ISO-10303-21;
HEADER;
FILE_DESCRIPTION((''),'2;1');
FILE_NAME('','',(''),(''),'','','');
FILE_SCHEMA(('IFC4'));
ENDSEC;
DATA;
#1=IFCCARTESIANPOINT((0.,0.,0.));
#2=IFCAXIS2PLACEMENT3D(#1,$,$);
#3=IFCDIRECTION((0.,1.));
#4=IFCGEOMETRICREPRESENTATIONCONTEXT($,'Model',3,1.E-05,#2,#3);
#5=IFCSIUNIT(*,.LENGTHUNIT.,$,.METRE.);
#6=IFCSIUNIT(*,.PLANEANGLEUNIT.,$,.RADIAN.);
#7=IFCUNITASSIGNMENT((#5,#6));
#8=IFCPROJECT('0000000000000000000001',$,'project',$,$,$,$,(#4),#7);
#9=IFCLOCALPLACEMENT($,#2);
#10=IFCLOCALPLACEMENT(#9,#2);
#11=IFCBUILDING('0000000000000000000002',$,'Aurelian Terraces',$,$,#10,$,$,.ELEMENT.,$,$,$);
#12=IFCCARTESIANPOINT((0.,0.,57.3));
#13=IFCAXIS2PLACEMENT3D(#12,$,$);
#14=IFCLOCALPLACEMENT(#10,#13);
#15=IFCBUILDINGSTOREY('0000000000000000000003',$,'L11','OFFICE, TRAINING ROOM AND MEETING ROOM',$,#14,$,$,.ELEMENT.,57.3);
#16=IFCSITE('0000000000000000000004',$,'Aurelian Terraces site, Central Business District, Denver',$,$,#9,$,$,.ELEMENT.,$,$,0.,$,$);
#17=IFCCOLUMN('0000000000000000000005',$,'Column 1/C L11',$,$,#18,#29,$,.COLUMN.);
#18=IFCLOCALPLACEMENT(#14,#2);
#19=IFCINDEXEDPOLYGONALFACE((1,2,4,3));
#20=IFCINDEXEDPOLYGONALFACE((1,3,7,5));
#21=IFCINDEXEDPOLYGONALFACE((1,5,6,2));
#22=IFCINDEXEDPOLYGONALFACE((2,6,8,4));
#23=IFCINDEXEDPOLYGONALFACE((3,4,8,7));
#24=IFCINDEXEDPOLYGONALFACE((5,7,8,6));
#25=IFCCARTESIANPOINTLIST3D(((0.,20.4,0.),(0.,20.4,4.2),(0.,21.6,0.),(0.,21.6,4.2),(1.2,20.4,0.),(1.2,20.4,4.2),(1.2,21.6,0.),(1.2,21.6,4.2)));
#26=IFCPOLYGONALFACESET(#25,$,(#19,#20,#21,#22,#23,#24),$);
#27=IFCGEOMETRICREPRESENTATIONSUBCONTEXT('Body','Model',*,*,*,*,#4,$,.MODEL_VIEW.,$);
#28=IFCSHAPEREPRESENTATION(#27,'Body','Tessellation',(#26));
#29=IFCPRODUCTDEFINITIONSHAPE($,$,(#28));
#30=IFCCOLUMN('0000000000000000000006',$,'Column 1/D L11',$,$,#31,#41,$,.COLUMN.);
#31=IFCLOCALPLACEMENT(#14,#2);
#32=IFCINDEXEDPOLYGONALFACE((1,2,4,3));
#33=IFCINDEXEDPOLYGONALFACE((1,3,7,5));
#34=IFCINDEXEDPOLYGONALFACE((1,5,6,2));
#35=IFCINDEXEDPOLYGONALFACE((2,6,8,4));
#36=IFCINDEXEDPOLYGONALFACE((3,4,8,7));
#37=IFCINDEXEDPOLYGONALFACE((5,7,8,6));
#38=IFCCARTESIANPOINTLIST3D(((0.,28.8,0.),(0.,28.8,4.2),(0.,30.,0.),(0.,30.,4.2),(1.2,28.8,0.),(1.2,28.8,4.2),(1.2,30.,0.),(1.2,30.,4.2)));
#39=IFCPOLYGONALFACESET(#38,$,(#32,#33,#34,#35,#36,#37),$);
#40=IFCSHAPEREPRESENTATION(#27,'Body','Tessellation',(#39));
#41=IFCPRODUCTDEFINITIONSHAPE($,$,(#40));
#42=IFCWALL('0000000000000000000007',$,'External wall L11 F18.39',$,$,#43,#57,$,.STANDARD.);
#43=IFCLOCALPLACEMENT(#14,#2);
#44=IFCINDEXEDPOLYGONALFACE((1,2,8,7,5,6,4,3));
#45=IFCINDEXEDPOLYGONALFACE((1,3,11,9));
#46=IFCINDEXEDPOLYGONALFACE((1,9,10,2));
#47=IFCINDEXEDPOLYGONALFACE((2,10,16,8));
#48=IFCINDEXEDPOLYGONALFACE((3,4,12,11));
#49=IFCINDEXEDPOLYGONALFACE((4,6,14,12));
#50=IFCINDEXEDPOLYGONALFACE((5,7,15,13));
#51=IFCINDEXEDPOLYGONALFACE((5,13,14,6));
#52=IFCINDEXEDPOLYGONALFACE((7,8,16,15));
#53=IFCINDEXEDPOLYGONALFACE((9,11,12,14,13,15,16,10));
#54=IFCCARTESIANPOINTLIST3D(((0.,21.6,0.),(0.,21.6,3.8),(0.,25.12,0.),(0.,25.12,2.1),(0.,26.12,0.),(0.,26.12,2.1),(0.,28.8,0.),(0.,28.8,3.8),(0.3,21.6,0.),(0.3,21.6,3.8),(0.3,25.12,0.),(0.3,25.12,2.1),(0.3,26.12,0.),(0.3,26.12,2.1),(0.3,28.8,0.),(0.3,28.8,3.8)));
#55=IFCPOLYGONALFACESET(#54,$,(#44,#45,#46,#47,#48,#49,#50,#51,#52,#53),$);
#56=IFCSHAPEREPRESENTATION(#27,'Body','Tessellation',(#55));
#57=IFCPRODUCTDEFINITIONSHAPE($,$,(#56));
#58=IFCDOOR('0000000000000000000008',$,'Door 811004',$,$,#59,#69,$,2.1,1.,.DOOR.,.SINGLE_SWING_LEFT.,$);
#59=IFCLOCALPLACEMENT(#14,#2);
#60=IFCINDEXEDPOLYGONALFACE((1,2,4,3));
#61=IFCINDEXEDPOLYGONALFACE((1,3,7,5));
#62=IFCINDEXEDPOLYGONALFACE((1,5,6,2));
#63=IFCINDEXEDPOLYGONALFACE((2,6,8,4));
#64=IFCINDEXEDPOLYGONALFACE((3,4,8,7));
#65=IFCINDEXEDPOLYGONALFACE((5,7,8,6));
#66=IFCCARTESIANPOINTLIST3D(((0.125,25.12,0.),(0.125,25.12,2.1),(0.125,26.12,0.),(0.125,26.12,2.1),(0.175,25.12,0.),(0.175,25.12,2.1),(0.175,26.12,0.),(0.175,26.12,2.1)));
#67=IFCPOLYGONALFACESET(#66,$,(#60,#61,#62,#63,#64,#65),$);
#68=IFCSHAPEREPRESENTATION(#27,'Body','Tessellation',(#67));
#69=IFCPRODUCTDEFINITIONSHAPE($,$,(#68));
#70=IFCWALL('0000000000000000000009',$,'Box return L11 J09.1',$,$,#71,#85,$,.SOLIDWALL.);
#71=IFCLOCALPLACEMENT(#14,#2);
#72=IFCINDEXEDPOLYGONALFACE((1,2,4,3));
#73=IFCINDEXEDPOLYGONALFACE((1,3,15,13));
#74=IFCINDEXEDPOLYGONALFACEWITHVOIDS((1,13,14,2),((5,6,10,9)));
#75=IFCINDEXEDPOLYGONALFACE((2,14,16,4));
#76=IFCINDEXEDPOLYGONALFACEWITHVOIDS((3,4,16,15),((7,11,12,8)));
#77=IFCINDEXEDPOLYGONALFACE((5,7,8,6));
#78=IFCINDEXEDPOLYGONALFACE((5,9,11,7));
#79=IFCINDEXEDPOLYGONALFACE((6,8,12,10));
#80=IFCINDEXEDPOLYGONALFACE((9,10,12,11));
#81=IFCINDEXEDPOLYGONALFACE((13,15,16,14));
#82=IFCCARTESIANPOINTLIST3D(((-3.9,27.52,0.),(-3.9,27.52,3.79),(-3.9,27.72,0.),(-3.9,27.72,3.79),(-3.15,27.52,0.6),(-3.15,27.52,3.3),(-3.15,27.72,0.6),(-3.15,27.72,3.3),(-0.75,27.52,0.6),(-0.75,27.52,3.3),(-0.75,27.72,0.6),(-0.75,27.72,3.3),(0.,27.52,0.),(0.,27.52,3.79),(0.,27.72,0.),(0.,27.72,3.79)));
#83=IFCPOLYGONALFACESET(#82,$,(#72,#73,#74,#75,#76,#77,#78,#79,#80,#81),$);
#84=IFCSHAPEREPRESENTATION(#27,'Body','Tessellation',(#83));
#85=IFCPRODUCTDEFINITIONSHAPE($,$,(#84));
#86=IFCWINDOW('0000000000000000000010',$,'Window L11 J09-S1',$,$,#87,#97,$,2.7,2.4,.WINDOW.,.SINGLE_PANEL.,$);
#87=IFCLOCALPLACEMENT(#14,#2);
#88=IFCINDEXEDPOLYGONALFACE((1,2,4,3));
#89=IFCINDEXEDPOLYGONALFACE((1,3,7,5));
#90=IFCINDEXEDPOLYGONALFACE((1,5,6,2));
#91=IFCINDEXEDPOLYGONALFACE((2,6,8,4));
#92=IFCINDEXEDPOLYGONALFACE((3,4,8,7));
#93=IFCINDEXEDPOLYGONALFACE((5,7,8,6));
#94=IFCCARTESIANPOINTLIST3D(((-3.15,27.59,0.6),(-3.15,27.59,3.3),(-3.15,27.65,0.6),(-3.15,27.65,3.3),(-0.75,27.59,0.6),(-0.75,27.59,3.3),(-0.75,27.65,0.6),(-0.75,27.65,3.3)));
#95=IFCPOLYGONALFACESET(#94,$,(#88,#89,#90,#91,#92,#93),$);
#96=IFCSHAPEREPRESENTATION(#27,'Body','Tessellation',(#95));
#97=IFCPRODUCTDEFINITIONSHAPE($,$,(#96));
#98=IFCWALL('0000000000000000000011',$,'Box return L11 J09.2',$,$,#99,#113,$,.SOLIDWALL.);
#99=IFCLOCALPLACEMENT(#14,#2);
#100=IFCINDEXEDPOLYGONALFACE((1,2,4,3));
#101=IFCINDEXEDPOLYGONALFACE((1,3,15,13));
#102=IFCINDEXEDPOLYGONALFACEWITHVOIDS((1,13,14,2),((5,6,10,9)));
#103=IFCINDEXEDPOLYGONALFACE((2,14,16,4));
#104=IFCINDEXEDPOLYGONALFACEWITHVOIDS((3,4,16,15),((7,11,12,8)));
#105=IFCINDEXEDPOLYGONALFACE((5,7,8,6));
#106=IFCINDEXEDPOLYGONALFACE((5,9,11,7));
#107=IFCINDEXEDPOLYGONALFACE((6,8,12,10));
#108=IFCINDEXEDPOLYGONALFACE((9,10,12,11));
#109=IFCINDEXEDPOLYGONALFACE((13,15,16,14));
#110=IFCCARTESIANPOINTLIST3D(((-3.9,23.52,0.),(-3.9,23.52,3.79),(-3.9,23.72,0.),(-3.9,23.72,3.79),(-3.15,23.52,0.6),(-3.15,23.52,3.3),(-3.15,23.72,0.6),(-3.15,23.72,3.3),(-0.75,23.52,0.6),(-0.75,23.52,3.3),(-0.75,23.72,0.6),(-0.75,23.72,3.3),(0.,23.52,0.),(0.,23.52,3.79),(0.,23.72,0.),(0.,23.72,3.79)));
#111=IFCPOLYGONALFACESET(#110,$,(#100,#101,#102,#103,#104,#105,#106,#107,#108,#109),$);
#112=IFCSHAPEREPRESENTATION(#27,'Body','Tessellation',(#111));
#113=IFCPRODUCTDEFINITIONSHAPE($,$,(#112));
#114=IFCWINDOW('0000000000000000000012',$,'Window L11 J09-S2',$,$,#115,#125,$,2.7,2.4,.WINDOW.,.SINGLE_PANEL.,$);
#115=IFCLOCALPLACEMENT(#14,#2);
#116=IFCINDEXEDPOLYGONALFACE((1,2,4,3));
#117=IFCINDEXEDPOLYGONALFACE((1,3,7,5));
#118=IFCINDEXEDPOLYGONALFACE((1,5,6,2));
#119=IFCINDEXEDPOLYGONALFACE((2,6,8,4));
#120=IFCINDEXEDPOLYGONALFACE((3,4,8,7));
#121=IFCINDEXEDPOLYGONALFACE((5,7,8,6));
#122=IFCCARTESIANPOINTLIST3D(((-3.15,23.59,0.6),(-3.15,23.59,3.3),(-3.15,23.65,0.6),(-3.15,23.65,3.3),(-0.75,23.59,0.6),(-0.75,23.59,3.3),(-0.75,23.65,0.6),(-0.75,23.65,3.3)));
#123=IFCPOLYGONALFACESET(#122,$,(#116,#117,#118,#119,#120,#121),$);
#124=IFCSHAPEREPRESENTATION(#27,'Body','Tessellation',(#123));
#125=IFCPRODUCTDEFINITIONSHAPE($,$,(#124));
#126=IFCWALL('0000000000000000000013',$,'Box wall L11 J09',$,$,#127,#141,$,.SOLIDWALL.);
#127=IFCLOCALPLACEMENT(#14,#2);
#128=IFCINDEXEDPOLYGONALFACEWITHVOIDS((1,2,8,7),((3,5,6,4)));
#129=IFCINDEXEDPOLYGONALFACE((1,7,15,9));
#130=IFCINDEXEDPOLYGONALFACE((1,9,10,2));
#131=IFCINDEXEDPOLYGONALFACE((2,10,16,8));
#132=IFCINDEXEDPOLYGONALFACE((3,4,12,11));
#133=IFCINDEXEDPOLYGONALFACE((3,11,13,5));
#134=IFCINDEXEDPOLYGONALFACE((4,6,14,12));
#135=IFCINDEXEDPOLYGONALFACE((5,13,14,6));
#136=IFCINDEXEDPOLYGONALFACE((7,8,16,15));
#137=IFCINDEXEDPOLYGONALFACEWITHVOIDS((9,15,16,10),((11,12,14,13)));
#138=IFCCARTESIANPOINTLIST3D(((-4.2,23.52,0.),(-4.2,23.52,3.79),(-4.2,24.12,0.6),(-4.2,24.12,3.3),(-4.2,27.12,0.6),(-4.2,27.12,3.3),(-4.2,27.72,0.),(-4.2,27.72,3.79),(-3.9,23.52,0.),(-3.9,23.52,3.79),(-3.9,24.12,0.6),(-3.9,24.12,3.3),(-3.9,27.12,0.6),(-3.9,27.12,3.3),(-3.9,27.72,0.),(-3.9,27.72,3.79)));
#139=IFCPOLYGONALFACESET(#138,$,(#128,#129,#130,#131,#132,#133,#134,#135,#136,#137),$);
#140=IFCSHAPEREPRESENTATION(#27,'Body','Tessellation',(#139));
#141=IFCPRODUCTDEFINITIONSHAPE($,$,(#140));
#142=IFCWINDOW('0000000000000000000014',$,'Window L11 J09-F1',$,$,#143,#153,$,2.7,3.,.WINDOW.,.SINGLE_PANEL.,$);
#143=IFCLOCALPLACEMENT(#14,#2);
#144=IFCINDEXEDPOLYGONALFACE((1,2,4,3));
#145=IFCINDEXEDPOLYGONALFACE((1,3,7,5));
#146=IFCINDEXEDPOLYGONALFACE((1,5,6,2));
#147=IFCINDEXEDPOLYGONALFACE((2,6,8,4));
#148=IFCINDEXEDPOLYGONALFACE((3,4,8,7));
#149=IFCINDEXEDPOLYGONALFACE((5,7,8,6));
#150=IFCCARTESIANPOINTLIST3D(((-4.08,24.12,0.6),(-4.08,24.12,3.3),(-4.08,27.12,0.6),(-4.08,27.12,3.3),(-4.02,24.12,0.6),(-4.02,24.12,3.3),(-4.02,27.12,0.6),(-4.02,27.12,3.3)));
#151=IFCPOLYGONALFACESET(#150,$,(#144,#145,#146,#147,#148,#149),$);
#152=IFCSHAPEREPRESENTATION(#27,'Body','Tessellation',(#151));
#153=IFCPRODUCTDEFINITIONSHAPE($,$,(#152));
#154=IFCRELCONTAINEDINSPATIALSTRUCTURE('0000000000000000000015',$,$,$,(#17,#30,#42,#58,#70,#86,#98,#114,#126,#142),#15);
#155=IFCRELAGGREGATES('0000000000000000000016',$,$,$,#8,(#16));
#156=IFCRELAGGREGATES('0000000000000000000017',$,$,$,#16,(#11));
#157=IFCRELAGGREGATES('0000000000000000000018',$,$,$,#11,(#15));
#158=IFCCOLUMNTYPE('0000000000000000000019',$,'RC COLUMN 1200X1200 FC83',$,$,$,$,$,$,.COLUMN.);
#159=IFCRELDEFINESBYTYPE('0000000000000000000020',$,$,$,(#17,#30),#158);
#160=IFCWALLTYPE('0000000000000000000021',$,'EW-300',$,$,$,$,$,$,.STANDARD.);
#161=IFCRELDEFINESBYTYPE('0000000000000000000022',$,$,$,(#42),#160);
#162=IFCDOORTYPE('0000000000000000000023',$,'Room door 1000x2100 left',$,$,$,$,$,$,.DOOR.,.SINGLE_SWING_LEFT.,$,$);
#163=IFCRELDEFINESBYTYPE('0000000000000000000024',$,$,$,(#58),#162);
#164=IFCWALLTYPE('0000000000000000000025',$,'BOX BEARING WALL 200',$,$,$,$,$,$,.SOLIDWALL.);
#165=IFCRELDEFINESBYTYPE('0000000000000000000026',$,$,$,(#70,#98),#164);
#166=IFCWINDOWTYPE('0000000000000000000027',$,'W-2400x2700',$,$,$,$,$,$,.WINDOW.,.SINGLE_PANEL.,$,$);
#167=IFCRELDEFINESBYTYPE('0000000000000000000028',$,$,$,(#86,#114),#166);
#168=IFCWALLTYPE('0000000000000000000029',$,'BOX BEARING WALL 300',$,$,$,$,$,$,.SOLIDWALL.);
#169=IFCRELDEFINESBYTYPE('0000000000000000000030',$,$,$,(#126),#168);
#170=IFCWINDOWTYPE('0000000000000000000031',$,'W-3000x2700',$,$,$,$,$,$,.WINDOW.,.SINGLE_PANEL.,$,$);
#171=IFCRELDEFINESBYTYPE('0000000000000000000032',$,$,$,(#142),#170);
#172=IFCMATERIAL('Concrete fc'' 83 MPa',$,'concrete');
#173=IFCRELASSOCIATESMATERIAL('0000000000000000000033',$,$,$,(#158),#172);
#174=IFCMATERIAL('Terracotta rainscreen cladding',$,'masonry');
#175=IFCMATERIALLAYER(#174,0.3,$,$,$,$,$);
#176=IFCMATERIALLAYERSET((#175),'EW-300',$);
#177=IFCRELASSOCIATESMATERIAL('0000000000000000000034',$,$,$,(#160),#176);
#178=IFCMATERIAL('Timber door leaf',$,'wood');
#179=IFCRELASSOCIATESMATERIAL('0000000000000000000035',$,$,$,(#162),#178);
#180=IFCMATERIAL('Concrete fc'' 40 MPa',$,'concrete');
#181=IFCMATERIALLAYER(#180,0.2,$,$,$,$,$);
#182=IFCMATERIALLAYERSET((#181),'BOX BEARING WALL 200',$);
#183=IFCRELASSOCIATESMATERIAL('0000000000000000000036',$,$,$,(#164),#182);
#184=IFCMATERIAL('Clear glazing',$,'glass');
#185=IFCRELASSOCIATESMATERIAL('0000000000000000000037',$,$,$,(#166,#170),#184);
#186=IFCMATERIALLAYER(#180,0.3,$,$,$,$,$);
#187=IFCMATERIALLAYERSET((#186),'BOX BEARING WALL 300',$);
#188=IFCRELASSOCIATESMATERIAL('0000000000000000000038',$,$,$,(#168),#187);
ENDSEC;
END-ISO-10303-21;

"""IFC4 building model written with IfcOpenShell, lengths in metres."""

from ifc_helpers import new_model, si_unit, direction, frame, frame_2d, origin, origin_2d, place, context, subcontext, project, spatial, rectangle, extrude, source, transform, mapped, material, layer, layer_set, material_profile, profile_set, type_object, element, fill, save


model = new_model("IFC4")

# Units and contexts
model_context = context("Model", 3, precision=1e-05, world=origin(), true_north=direction((0.0, 1.0)))
body_context = subcontext(model_context, "Body", "Model", "MODEL_VIEW")
ifc_project = project(units=[si_unit("LENGTHUNIT", "METRE"), si_unit("PLANEANGLEUNIT", "RADIAN")], contexts=[model_context])

# Site, building, storey
site_placement = place(None, origin())
site = spatial("IfcSite", under=ifc_project, at=site_placement, Name="Aurelian Terraces site, Central Business District, Denver", CompositionType="ELEMENT", RefElevation=0.0)
building_placement = place(site_placement, origin())
building = spatial("IfcBuilding", under=site, at=building_placement, Name="Aurelian Terraces", CompositionType="ELEMENT")
storey_placement = place(building_placement, frame((0.0, 0.0, 57.3)))
storey = spatial("IfcBuildingStorey", under=building, at=storey_placement, Name="L11", Description="OFFICE, TRAINING ROOM AND MEETING ROOM", CompositionType="ELEMENT", Elevation=57.3)

# Columns
ifc_material_1 = material(Name="Concrete fc' 83 MPa", Category="concrete")
ifc_material_profile = material_profile(ifc_material_1, rectangle(XDim=1.2, YDim=1.2, at=origin_2d()))
ifc_profile_set = profile_set([ifc_material_profile], Name="Concrete fc' 83 MPa")
column_type = type_object("IfcColumnType", Name="RC COLUMN 1200X1200 FC83", PredefinedType="COLUMN", material=ifc_profile_set)
shared_shape_1 = source(origin(), body_context, "Body", "SweptSolid", [
    extrude(rectangle(XDim=1.2, YDim=1.2, at=origin_2d()), origin(), (0.0, 0.0, 1.0), 4.2),
])
for number, where, z_axis, x_axis, name in (
    (1, (0.6, 21.0, 0.0), (0.0, 0.0, 1.0), (1.0, 0.0, 0.0), "Column 1/C L11"),
    (2, (0.6, 29.4, 0.0), (0.0, 0.0, 1.0), (1.0, 0.0, 0.0), "Column 1/D L11"),
):
    element("IfcColumn", number, at=place(storey_placement, frame(where, z_axis=z_axis, x_axis=x_axis)), inside=storey, type_object=column_type, Name=name, PredefinedType="COLUMN", context=body_context, shape_type="MappedRepresentation", body=[
        mapped(shared_shape_1, transform((0.0, 0.0, 0.0), scale=1.0)),
    ])

# Wall, opening, door
ifc_material_2 = material(Name="Terracotta rainscreen cladding", Category="masonry")
ifc_layer_1 = layer(ifc_material_2, 0.3)
ifc_layer_set_1 = layer_set([ifc_layer_1], Name="EW-300")
wall_type_1 = type_object("IfcWallType", Name="EW-300", PredefinedType="STANDARD", material=ifc_layer_set_1)
shared_shape_2 = source(origin(), body_context, "Body", "SweptSolid", [
    extrude(rectangle(XDim=7.2, YDim=0.3, at=frame_2d((3.6, 0.0))), origin(), (0.0, 0.0, 1.0), 3.8),
])
wall_1_placement = place(storey_placement, frame((0.15, 28.8, 0.0), z_axis=(0.0, 0.0, 1.0), x_axis=(0.0, -1.0, 0.0)))
wall_1 = element("IfcWall", 3, at=wall_1_placement, inside=storey, type_object=wall_type_1, Name="External wall L11 F18.39", PredefinedType="STANDARD", context=body_context, shape_type="MappedRepresentation", body=[
    mapped(shared_shape_2, transform((0.0, 0.0, 0.0), scale=1.0)),
])
shared_shape_3 = source(origin(), body_context, "Body", "SweptSolid", [
    extrude(rectangle(XDim=1.0, YDim=2.1, at=frame_2d((0.5, 1.05))), frame((0.0, 0.16, 0.0), z_axis=(0.0, -1.0, 0.0), x_axis=(1.0, 0.0, 0.0)), (0.0, 0.0, 1.0), 0.32),
])
opening_1_placement = place(wall_1_placement, frame((2.68, 0.0, 0.0)))
opening_1 = element("IfcOpeningElement", 4, at=opening_1_placement, cuts=wall_1, PredefinedType="OPENING", context=body_context, shape_type="MappedRepresentation", body=[
    mapped(shared_shape_3, transform((0.0, 0.0, 0.0), scale=1.0)),
])
ifc_material_3 = material(Name="Timber door leaf", Category="wood")
door_type_1 = type_object("IfcDoorType", Name="Room door 1000x2100 left", OperationType="SINGLE_SWING_LEFT", PredefinedType="DOOR", material=ifc_material_3)
shared_shape_4 = source(origin(), body_context, "Body", "SweptSolid", [
    extrude(rectangle(XDim=1.0, YDim=2.1, at=frame_2d((0.5, 1.05))), frame((0.0, 0.025, 0.0), z_axis=(0.0, -1.0, 0.0), x_axis=(1.0, 0.0, 0.0)), (0.0, 0.0, 1.0), 0.05),
])
door_1_placement = place(opening_1_placement, origin())
door_1 = element("IfcDoor", 5, at=door_1_placement, inside=storey, type_object=door_type_1, Name="Door 811004", OperationType="SINGLE_SWING_LEFT", OverallHeight=2.1, OverallWidth=1.0, PredefinedType="DOOR", context=body_context, shape_type="MappedRepresentation", body=[
    mapped(shared_shape_4, transform((0.0, 0.0, 0.0), scale=1.0)),
])
fill(opening_1, door_1)

# Walls, openings, windows
ifc_material_4 = material(Name="Concrete fc' 40 MPa", Category="concrete")
ifc_layer_2 = layer(ifc_material_4, 0.2)
ifc_layer_set_2 = layer_set([ifc_layer_2], Name="BOX BEARING WALL 200")
wall_type_2 = type_object("IfcWallType", Name="BOX BEARING WALL 200", PredefinedType="SOLIDWALL", material=ifc_layer_set_2)
shared_shape_5 = source(origin(), body_context, "Body", "SweptSolid", [
    extrude(rectangle(XDim=3.9, YDim=0.2, at=frame_2d((1.95, 0.0))), origin(), (0.0, 0.0, 1.0), 3.79),
])
wall_2_placement = place(storey_placement, frame((0.0, 27.62, 0.0), z_axis=(0.0, 0.0, 1.0), x_axis=(-1.0, 0.0, 0.0)))
wall_2 = element("IfcWall", 6, at=wall_2_placement, inside=storey, type_object=wall_type_2, Name="Box return L11 J09.1", PredefinedType="SOLIDWALL", context=body_context, shape_type="MappedRepresentation", body=[
    mapped(shared_shape_5, transform((0.0, 0.0, 0.0), scale=1.0)),
])
shared_shape_6 = source(origin(), body_context, "Body", "SweptSolid", [
    extrude(rectangle(XDim=2.4, YDim=2.7, at=frame_2d((1.2, 1.35))), frame((0.0, 0.11, 0.0), z_axis=(0.0, -1.0, 0.0), x_axis=(1.0, 0.0, 0.0)), (0.0, 0.0, 1.0), 0.22),
])
opening_2_placement = place(wall_2_placement, frame((0.75, 0.0, 0.6)))
opening_2 = element("IfcOpeningElement", 7, at=opening_2_placement, cuts=wall_2, PredefinedType="OPENING", context=body_context, shape_type="MappedRepresentation", body=[
    mapped(shared_shape_6, transform((0.0, 0.0, 0.0), scale=1.0)),
])
ifc_material_5 = material(Name="Clear glazing", Category="glass")
window_type_1 = type_object("IfcWindowType", Name="W-2400x2700", PartitioningType="SINGLE_PANEL", PredefinedType="WINDOW", material=ifc_material_5)
shared_shape_7 = source(origin(), body_context, "Body", "SweptSolid", [
    extrude(rectangle(XDim=2.4, YDim=2.7, at=frame_2d((1.2, 1.35))), frame((0.0, 0.03, 0.0), z_axis=(0.0, -1.0, 0.0), x_axis=(1.0, 0.0, 0.0)), (0.0, 0.0, 1.0), 0.06),
])
window_1_placement = place(opening_2_placement, origin())
window_1 = element("IfcWindow", 8, at=window_1_placement, inside=storey, type_object=window_type_1, Name="Window L11 J09-S1", OverallHeight=2.7, OverallWidth=2.4, PartitioningType="SINGLE_PANEL", PredefinedType="WINDOW", context=body_context, shape_type="MappedRepresentation", body=[
    mapped(shared_shape_7, transform((0.0, 0.0, 0.0), scale=1.0)),
])
fill(opening_2, window_1)
wall_3_placement = place(storey_placement, frame((0.0, 23.62, 0.0), z_axis=(0.0, 0.0, 1.0), x_axis=(-1.0, 0.0, 0.0)))
wall_3 = element("IfcWall", 9, at=wall_3_placement, inside=storey, type_object=wall_type_2, Name="Box return L11 J09.2", PredefinedType="SOLIDWALL", context=body_context, shape_type="MappedRepresentation", body=[
    mapped(shared_shape_5, transform((0.0, 0.0, 0.0), scale=1.0)),
])
opening_3_placement = place(wall_3_placement, frame((0.75, 0.0, 0.6)))
opening_3 = element("IfcOpeningElement", 10, at=opening_3_placement, cuts=wall_3, PredefinedType="OPENING", context=body_context, shape_type="MappedRepresentation", body=[
    mapped(shared_shape_6, transform((0.0, 0.0, 0.0), scale=1.0)),
])
window_2_placement = place(opening_3_placement, origin())
window_2 = element("IfcWindow", 11, at=window_2_placement, inside=storey, type_object=window_type_1, Name="Window L11 J09-S2", OverallHeight=2.7, OverallWidth=2.4, PartitioningType="SINGLE_PANEL", PredefinedType="WINDOW", context=body_context, shape_type="MappedRepresentation", body=[
    mapped(shared_shape_7, transform((0.0, 0.0, 0.0), scale=1.0)),
])
fill(opening_3, window_2)
ifc_layer_3 = layer(ifc_material_4, 0.3)
ifc_layer_set_3 = layer_set([ifc_layer_3], Name="BOX BEARING WALL 300")
wall_type_3 = type_object("IfcWallType", Name="BOX BEARING WALL 300", PredefinedType="SOLIDWALL", material=ifc_layer_set_3)
shared_shape_8 = source(origin(), body_context, "Body", "SweptSolid", [
    extrude(rectangle(XDim=4.2, YDim=0.3, at=frame_2d((2.1, 0.0))), origin(), (0.0, 0.0, 1.0), 3.79),
])
wall_4_placement = place(storey_placement, frame((-4.05, 27.72, 0.0), z_axis=(0.0, 0.0, 1.0), x_axis=(0.0, -1.0, 0.0)))
wall_4 = element("IfcWall", 12, at=wall_4_placement, inside=storey, type_object=wall_type_3, Name="Box wall L11 J09", PredefinedType="SOLIDWALL", context=body_context, shape_type="MappedRepresentation", body=[
    mapped(shared_shape_8, transform((0.0, 0.0, 0.0), scale=1.0)),
])
shared_shape_9 = source(origin(), body_context, "Body", "SweptSolid", [
    extrude(rectangle(XDim=3.0, YDim=2.7, at=frame_2d((1.5, 1.35))), frame((0.0, 0.16, 0.0), z_axis=(0.0, -1.0, 0.0), x_axis=(1.0, 0.0, 0.0)), (0.0, 0.0, 1.0), 0.32),
])
opening_4_placement = place(wall_4_placement, frame((0.6, 0.0, 0.6)))
opening_4 = element("IfcOpeningElement", 13, at=opening_4_placement, cuts=wall_4, PredefinedType="OPENING", context=body_context, shape_type="MappedRepresentation", body=[
    mapped(shared_shape_9, transform((0.0, 0.0, 0.0), scale=1.0)),
])
window_type_2 = type_object("IfcWindowType", Name="W-3000x2700", PartitioningType="SINGLE_PANEL", PredefinedType="WINDOW", material=ifc_material_5)
shared_shape_10 = source(origin(), body_context, "Body", "SweptSolid", [
    extrude(rectangle(XDim=3.0, YDim=2.7, at=frame_2d((1.5, 1.35))), frame((0.0, 0.03, 0.0), z_axis=(0.0, -1.0, 0.0), x_axis=(1.0, 0.0, 0.0)), (0.0, 0.0, 1.0), 0.06),
])
window_3_placement = place(opening_4_placement, origin())
window_3 = element("IfcWindow", 14, at=window_3_placement, inside=storey, type_object=window_type_2, Name="Window L11 J09-F1", OverallHeight=2.7, OverallWidth=3.0, PartitioningType="SINGLE_PANEL", PredefinedType="WINDOW", context=body_context, shape_type="MappedRepresentation", body=[
    mapped(shared_shape_10, transform((0.0, 0.0, 0.0), scale=1.0)),
])
fill(opening_4, window_3)

save(model, "model.ifc")
